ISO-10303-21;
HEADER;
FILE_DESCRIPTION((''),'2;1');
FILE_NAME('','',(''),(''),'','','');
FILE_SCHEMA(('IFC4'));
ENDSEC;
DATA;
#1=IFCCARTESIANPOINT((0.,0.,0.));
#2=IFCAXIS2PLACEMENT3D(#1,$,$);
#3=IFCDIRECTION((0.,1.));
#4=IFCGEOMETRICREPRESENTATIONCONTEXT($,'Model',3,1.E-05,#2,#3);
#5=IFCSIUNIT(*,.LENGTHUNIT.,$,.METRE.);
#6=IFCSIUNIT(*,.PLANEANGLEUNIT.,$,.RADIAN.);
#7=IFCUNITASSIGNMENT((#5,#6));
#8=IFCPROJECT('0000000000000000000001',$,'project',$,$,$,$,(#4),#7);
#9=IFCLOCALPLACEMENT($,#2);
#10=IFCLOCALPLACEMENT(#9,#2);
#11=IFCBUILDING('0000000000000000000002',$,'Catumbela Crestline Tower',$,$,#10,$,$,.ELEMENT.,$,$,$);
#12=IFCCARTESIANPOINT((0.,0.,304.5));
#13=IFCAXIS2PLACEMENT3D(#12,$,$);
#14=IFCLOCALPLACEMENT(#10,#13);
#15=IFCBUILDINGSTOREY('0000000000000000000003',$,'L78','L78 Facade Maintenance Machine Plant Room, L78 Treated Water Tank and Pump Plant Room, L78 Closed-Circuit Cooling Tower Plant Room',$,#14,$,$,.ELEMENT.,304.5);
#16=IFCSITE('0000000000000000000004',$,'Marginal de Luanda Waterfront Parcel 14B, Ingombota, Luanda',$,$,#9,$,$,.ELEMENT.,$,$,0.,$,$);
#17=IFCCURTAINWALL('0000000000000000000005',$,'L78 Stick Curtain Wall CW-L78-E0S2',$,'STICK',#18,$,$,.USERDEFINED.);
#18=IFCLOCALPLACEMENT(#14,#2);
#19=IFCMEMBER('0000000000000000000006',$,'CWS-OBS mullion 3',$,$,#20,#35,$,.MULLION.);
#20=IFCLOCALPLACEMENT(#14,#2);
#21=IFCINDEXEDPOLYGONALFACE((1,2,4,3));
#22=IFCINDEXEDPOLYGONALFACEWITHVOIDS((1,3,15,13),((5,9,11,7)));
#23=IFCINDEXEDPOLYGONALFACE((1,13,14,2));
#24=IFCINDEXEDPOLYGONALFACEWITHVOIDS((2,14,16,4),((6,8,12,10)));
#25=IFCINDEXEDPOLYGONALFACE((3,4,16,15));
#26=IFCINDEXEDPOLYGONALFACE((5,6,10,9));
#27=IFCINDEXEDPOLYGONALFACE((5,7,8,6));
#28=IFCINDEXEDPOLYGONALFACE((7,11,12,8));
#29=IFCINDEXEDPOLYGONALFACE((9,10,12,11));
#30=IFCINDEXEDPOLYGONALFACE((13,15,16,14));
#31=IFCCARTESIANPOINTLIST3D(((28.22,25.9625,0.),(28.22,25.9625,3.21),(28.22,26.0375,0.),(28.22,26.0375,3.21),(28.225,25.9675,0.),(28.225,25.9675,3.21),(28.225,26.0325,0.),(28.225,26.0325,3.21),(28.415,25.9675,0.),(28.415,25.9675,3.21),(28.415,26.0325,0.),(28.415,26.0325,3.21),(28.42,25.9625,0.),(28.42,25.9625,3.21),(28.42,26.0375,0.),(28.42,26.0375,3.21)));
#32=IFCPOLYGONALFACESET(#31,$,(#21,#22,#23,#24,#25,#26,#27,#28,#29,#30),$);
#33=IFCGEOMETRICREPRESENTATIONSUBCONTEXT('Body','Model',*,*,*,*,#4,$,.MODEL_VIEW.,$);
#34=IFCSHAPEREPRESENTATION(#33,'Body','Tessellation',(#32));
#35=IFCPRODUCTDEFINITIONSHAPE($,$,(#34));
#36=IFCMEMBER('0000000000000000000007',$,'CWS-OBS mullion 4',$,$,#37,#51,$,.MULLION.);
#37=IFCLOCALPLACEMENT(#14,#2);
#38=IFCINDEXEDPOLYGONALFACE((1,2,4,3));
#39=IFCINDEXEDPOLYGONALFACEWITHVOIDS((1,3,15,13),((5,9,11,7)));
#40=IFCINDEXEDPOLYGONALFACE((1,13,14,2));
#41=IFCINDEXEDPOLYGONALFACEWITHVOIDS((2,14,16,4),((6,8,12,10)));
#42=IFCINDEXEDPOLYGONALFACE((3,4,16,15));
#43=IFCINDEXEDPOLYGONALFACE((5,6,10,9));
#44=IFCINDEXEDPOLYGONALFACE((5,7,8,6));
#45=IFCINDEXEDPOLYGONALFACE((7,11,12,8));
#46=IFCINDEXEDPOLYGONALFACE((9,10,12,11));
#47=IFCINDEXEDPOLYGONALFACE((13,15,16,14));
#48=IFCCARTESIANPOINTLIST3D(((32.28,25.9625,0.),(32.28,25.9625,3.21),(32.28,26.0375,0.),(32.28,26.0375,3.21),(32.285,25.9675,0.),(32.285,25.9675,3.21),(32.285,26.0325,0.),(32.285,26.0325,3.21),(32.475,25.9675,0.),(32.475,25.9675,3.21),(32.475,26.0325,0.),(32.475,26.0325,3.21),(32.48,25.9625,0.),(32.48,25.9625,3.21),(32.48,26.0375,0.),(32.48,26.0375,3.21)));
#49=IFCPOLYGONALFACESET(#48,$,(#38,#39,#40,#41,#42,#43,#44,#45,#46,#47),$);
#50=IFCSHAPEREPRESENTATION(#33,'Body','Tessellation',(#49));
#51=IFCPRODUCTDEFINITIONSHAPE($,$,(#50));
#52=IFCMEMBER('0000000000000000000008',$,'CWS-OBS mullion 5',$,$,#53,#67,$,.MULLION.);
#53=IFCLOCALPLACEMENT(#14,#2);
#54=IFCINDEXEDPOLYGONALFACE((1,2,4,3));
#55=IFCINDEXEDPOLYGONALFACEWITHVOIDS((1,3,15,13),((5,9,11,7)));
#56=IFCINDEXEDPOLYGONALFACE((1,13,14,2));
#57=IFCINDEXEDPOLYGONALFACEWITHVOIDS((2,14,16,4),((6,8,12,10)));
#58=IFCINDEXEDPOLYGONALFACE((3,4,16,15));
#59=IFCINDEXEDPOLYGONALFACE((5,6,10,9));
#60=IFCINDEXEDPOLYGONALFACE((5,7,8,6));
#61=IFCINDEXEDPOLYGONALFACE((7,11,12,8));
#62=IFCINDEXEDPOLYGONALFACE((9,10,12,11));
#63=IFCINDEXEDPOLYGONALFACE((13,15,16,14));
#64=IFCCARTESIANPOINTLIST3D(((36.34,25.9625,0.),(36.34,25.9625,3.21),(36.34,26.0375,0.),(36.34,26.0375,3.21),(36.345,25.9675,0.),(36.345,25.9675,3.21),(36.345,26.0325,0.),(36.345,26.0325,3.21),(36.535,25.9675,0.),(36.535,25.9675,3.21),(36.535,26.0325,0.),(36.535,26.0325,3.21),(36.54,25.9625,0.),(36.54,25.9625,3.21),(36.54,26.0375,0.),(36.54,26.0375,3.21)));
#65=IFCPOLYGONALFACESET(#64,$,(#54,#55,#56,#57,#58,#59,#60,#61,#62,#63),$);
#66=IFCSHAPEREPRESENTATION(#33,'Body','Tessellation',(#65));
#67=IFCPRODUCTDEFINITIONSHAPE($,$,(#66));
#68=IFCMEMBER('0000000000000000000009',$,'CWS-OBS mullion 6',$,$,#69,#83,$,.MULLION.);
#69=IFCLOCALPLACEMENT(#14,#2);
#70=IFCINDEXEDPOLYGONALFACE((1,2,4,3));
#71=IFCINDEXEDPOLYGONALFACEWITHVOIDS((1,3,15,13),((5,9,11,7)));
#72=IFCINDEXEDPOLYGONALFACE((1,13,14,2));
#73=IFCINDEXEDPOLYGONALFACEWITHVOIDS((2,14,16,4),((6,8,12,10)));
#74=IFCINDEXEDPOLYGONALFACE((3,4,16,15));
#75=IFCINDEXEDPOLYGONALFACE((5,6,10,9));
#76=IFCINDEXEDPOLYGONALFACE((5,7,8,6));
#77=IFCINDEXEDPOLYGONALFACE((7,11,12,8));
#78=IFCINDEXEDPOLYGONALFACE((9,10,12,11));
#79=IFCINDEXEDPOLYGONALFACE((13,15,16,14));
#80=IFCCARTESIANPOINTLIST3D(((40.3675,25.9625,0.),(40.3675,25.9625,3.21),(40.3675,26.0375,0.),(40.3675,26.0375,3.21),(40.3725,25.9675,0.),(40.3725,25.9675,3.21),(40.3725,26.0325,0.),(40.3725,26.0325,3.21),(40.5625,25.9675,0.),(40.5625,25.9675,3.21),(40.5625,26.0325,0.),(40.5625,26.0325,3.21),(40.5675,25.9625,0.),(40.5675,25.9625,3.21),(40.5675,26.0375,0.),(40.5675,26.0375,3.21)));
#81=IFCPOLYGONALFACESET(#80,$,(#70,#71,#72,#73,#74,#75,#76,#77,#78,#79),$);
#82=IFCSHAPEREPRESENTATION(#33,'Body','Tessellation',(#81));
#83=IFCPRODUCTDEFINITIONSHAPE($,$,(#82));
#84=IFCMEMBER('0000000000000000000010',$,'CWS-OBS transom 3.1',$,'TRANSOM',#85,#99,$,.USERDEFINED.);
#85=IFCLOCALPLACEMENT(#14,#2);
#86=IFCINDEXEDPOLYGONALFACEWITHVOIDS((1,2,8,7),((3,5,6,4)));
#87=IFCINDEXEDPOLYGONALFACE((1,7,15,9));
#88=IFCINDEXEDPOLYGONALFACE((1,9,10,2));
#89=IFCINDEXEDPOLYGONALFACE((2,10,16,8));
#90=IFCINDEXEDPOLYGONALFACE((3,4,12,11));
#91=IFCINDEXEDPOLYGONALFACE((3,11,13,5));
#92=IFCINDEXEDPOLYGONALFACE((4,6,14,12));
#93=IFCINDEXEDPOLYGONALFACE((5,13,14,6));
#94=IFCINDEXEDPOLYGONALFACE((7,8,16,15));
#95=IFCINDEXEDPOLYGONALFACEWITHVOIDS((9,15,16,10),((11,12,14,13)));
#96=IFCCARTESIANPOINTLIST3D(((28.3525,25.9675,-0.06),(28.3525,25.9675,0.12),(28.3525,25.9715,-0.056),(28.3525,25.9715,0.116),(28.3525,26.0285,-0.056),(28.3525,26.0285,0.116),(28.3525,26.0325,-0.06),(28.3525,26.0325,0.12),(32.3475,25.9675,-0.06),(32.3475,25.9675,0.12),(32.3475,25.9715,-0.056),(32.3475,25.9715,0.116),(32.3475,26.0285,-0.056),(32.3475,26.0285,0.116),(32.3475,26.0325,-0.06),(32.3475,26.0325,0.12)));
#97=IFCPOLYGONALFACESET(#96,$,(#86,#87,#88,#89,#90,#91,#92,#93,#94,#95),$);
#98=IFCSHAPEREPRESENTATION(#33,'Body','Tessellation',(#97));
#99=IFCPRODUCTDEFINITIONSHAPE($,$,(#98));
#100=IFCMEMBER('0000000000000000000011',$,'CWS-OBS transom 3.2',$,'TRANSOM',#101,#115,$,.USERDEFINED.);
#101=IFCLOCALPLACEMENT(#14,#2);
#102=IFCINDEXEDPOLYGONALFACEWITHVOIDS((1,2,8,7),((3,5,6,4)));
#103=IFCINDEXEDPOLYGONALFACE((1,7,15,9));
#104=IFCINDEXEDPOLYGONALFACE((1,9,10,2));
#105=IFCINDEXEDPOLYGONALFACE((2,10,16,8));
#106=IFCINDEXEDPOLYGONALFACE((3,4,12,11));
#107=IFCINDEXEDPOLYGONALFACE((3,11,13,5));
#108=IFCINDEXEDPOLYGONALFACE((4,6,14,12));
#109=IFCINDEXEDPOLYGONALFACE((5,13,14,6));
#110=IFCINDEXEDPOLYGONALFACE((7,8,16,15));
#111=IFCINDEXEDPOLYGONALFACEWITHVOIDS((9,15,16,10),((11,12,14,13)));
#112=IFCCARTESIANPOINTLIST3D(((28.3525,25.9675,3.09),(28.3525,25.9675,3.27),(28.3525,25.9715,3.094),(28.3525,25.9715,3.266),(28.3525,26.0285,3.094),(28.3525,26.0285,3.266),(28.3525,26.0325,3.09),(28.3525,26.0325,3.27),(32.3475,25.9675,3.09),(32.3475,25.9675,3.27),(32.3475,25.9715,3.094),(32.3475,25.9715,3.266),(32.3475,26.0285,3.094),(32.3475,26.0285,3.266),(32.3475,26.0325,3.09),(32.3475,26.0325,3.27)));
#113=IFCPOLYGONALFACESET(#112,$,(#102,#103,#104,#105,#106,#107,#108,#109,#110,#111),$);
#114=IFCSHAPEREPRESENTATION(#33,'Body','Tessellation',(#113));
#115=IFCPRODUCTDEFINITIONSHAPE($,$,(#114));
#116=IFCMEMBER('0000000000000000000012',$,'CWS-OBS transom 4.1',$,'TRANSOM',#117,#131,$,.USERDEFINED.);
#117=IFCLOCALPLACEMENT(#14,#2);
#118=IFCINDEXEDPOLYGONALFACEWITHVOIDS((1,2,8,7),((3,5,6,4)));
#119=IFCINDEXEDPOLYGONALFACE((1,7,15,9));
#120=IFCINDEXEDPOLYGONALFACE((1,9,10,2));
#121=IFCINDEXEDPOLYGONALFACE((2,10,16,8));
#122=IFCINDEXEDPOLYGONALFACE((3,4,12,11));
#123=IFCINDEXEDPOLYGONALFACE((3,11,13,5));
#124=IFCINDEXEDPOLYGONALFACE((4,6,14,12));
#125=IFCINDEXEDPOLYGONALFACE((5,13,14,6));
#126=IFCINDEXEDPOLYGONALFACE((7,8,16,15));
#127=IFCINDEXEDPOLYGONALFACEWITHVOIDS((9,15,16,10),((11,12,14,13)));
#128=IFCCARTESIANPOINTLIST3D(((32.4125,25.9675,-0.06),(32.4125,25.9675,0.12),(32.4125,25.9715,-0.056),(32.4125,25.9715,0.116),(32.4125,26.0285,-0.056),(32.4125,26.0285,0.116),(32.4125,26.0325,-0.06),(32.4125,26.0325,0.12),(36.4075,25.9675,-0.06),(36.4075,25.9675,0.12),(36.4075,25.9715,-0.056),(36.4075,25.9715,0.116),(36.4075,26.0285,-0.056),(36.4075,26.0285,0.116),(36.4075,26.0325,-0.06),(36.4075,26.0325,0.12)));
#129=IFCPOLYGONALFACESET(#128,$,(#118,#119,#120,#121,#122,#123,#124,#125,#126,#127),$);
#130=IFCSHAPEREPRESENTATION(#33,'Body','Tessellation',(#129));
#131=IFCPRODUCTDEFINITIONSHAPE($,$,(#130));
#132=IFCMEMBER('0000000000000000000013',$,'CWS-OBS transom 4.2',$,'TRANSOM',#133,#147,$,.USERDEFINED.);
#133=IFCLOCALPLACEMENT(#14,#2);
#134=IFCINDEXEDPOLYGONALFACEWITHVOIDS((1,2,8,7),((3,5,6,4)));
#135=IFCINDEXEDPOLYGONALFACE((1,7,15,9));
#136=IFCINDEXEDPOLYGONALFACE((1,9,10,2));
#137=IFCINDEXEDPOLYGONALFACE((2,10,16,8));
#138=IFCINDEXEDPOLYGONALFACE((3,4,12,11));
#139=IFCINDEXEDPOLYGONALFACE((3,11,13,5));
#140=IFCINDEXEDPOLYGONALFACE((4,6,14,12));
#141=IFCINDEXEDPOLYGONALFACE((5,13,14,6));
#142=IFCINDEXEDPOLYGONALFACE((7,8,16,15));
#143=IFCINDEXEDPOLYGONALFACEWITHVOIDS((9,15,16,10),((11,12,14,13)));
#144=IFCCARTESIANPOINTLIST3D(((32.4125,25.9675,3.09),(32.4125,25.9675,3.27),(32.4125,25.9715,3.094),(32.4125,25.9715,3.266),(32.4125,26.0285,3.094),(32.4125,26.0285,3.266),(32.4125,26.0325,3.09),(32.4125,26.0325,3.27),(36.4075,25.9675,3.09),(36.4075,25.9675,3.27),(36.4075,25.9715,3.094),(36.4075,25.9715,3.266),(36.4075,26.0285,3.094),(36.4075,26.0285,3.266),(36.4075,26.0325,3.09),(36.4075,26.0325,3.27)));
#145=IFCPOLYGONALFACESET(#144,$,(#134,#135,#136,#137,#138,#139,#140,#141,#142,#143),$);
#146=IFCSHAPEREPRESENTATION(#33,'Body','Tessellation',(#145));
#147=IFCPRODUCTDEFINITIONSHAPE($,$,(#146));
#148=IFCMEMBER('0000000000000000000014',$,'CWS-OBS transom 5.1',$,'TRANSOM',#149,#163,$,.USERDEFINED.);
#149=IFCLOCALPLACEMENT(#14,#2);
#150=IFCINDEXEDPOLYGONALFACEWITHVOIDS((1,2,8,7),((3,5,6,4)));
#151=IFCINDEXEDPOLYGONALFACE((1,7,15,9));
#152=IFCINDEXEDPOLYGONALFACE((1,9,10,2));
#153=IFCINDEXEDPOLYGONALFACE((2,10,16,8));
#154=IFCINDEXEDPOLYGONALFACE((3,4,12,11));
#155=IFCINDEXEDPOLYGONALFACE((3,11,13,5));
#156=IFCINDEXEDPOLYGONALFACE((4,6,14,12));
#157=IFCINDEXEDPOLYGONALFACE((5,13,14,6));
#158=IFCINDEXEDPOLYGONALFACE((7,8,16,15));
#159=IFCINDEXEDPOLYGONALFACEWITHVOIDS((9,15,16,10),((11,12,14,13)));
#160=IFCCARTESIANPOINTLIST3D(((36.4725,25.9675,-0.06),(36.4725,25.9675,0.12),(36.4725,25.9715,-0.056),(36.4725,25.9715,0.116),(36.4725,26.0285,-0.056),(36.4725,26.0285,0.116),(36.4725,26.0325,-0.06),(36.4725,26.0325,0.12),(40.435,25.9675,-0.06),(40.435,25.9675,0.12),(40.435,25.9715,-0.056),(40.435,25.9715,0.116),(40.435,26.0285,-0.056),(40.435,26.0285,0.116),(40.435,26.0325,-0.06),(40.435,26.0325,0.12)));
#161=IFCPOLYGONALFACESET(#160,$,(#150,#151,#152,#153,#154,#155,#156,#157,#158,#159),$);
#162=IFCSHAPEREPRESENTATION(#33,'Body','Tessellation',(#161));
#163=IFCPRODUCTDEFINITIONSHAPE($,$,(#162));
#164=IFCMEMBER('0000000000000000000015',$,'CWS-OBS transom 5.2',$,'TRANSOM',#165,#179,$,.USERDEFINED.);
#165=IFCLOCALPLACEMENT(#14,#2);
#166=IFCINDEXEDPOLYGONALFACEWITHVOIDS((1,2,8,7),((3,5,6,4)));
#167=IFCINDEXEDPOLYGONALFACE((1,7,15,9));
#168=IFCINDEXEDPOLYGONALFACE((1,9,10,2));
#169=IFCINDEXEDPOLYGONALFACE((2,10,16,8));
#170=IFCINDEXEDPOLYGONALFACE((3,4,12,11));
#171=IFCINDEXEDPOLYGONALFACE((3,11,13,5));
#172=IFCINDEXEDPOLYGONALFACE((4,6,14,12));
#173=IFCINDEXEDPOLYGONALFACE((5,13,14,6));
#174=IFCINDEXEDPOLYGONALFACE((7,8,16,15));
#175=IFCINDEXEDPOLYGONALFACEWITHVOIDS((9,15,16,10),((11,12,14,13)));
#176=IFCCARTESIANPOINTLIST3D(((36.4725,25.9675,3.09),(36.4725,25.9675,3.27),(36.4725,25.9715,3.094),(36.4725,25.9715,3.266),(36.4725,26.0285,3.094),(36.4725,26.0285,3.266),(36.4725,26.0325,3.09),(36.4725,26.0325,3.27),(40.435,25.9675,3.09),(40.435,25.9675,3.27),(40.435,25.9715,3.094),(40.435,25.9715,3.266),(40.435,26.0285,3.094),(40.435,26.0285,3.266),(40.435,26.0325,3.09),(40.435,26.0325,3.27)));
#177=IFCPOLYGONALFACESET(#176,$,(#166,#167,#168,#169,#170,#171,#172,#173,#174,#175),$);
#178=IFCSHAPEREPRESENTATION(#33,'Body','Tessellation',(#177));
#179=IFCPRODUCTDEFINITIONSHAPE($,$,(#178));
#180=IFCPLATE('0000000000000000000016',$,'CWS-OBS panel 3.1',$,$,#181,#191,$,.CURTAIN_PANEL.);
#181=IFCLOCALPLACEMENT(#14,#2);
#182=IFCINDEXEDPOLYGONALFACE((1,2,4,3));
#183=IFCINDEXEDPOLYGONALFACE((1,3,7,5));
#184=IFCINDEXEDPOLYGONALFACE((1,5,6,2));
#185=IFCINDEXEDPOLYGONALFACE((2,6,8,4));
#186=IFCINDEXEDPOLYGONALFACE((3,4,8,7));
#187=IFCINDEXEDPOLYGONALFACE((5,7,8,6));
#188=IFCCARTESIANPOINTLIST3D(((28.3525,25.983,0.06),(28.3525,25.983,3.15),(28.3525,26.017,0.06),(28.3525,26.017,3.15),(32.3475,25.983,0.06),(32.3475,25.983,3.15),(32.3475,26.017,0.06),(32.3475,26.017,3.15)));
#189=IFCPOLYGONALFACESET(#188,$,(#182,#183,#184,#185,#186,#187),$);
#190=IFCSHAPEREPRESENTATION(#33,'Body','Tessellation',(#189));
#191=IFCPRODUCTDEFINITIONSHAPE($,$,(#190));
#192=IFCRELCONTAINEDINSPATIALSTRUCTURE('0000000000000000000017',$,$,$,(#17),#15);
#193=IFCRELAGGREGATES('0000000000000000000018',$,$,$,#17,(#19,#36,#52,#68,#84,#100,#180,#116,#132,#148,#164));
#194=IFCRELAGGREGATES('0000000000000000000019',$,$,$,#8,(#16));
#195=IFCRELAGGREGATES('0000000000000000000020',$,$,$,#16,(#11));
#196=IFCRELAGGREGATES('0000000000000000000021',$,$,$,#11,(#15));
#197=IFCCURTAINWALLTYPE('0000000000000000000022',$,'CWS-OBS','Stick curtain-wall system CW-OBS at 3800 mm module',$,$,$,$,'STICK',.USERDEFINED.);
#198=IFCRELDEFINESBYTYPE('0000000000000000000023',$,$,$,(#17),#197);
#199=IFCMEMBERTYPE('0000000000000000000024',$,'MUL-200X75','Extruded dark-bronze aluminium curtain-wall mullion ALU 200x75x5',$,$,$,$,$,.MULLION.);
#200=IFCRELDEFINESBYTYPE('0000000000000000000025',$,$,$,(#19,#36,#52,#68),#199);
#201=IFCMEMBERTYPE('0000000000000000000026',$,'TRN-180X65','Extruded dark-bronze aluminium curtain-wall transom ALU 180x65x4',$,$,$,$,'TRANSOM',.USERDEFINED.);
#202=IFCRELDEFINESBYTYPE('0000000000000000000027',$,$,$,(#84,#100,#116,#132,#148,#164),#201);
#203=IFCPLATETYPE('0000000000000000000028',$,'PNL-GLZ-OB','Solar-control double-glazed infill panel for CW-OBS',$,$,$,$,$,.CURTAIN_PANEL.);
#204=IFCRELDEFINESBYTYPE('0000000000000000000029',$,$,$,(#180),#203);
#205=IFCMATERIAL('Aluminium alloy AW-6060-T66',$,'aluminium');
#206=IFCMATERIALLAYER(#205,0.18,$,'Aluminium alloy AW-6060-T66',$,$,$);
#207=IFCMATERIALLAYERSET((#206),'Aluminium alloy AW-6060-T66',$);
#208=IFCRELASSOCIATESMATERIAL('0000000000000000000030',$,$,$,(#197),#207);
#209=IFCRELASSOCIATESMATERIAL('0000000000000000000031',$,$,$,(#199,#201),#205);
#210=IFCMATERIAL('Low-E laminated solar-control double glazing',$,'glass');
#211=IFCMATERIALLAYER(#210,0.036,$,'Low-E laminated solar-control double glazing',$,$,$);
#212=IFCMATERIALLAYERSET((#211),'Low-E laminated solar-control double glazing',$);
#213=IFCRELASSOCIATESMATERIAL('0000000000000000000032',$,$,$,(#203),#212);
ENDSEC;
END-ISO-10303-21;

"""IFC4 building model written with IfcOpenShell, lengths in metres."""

from ifc_helpers import new_model, si_unit, direction, frame, origin, origin_2d, place, context, subcontext, project, spatial, rectangle, hollow_rectangle, extrude, material, layer, layer_set, material_profile, profile_set, type_object, element, aggregate, save


model = new_model("IFC4")

# Units and contexts
model_context = context("Model", 3, precision=1e-05, world=origin(), true_north=direction((0.0, 1.0)))
body_context = subcontext(model_context, "Body", "Model", "MODEL_VIEW")
ifc_project = project(units=[si_unit("LENGTHUNIT", "METRE"), si_unit("PLANEANGLEUNIT", "RADIAN")], contexts=[model_context])

# Site, building, storey
site_placement = place(None, origin())
site = spatial("IfcSite", under=ifc_project, at=site_placement, Name="Marginal de Luanda Waterfront Parcel 14B, Ingombota, Luanda", CompositionType="ELEMENT", RefElevation=0.0)
building_placement = place(site_placement, origin())
building = spatial("IfcBuilding", under=site, at=building_placement, Name="Catumbela Crestline Tower", CompositionType="ELEMENT")
storey_placement = place(building_placement, frame((0.0, 0.0, 304.5)))
storey = spatial("IfcBuildingStorey", under=building, at=storey_placement, Name="L78", Description="L78 Facade Maintenance Machine Plant Room, L78 Treated Water Tank and Pump Plant Room, L78 Closed-Circuit Cooling Tower Plant Room", CompositionType="ELEMENT", Elevation=304.5)

# Curtain wall, members, plate
ifc_material_1 = material(Name="Aluminium alloy AW-6060-T66", Category="aluminium")
ifc_layer_1 = layer(ifc_material_1, 0.18, Name="Aluminium alloy AW-6060-T66")
ifc_layer_set_1 = layer_set([ifc_layer_1], Name="Aluminium alloy AW-6060-T66")
curtain_wall_type = type_object("IfcCurtainWallType", Name="CWS-OBS", Description="Stick curtain-wall system CW-OBS at 3800 mm module", ElementType="STICK", PredefinedType="USERDEFINED", material=ifc_layer_set_1)
curtain_wall_placement = place(storey_placement, origin())
curtain_wall = element("IfcCurtainWall", 1, at=curtain_wall_placement, inside=storey, type_object=curtain_wall_type, Name="L78 Stick Curtain Wall CW-L78-E0S2", ObjectType="STICK", PredefinedType="USERDEFINED")
ifc_material_profile_1 = material_profile(ifc_material_1, hollow_rectangle(XDim=0.075, YDim=0.2, WallThickness=0.005, at=origin_2d()), Name="ALU 200x75x5")
ifc_profile_set_1 = profile_set([ifc_material_profile_1], Name="Aluminium alloy AW-6060-T66")
member_type_1 = type_object("IfcMemberType", Name="MUL-200X75", Description="Extruded dark-bronze aluminium curtain-wall mullion ALU 200x75x5", PredefinedType="MULLION", material=ifc_profile_set_1)
member_1_placement = place(storey_placement, frame((28.32, 26.0, 0.0), z_axis=(0.0, 0.0, 1.0), x_axis=(0.0, 1.0, 0.0)))
member_1 = element("IfcMember", 2, at=member_1_placement, type_object=member_type_1, Name="CWS-OBS mullion 3", PredefinedType="MULLION", context=body_context, shape_type="SweptSolid", body=[
    extrude(hollow_rectangle(XDim=0.075, YDim=0.2, WallThickness=0.005, at=origin_2d()), origin(), (0.0, 0.0, 1.0), 3.21),
])
member_2_placement = place(storey_placement, frame((32.38, 26.0, 0.0), z_axis=(0.0, 0.0, 1.0), x_axis=(0.0, 1.0, 0.0)))
member_2 = element("IfcMember", 3, at=member_2_placement, type_object=member_type_1, Name="CWS-OBS mullion 4", PredefinedType="MULLION", context=body_context, shape_type="SweptSolid", body=[
    extrude(hollow_rectangle(XDim=0.075, YDim=0.2, WallThickness=0.005, at=origin_2d()), origin(), (0.0, 0.0, 1.0), 3.21),
])
member_3_placement = place(storey_placement, frame((36.44, 26.0, 0.0), z_axis=(0.0, 0.0, 1.0), x_axis=(0.0, 1.0, 0.0)))
member_3 = element("IfcMember", 4, at=member_3_placement, type_object=member_type_1, Name="CWS-OBS mullion 5", PredefinedType="MULLION", context=body_context, shape_type="SweptSolid", body=[
    extrude(hollow_rectangle(XDim=0.075, YDim=0.2, WallThickness=0.005, at=origin_2d()), origin(), (0.0, 0.0, 1.0), 3.21),
])
member_4_placement = place(storey_placement, frame((40.4675, 26.0, 0.0), z_axis=(0.0, 0.0, 1.0), x_axis=(0.0, 1.0, 0.0)))
member_4 = element("IfcMember", 5, at=member_4_placement, type_object=member_type_1, Name="CWS-OBS mullion 6", PredefinedType="MULLION", context=body_context, shape_type="SweptSolid", body=[
    extrude(hollow_rectangle(XDim=0.075, YDim=0.2, WallThickness=0.005, at=origin_2d()), origin(), (0.0, 0.0, 1.0), 3.21),
])
ifc_material_profile_2 = material_profile(ifc_material_1, hollow_rectangle(XDim=0.065, YDim=0.18, WallThickness=0.004, at=origin_2d()), Name="ALU 180x65x4")
ifc_profile_set_2 = profile_set([ifc_material_profile_2], Name="Aluminium alloy AW-6060-T66")
member_type_2 = type_object("IfcMemberType", Name="TRN-180X65", Description="Extruded dark-bronze aluminium curtain-wall transom ALU 180x65x4", ElementType="TRANSOM", PredefinedType="USERDEFINED", material=ifc_profile_set_2)
member_5_placement = place(storey_placement, frame((28.3525, 26.0, 0.03), z_axis=(1.0, 0.0, 0.0), x_axis=(0.0, 1.0, 0.0)))
member_5 = element("IfcMember", 6, at=member_5_placement, type_object=member_type_2, Name="CWS-OBS transom 3.1", ObjectType="TRANSOM", PredefinedType="USERDEFINED", context=body_context, shape_type="SweptSolid", body=[
    extrude(hollow_rectangle(XDim=0.065, YDim=0.18, WallThickness=0.004, at=origin_2d()), origin(), (0.0, 0.0, 1.0), 3.995),
])
member_6_placement = place(storey_placement, frame((28.3525, 26.0, 3.18), z_axis=(1.0, 0.0, 0.0), x_axis=(0.0, 1.0, 0.0)))
member_6 = element("IfcMember", 7, at=member_6_placement, type_object=member_type_2, Name="CWS-OBS transom 3.2", ObjectType="TRANSOM", PredefinedType="USERDEFINED", context=body_context, shape_type="SweptSolid", body=[
    extrude(hollow_rectangle(XDim=0.065, YDim=0.18, WallThickness=0.004, at=origin_2d()), origin(), (0.0, 0.0, 1.0), 3.995),
])
member_7_placement = place(storey_placement, frame((32.4125, 26.0, 0.03), z_axis=(1.0, 0.0, 0.0), x_axis=(0.0, 1.0, 0.0)))
member_7 = element("IfcMember", 8, at=member_7_placement, type_object=member_type_2, Name="CWS-OBS transom 4.1", ObjectType="TRANSOM", PredefinedType="USERDEFINED", context=body_context, shape_type="SweptSolid", body=[
    extrude(hollow_rectangle(XDim=0.065, YDim=0.18, WallThickness=0.004, at=origin_2d()), origin(), (0.0, 0.0, 1.0), 3.995),
])
member_8_placement = place(storey_placement, frame((32.4125, 26.0, 3.18), z_axis=(1.0, 0.0, 0.0), x_axis=(0.0, 1.0, 0.0)))
member_8 = element("IfcMember", 9, at=member_8_placement, type_object=member_type_2, Name="CWS-OBS transom 4.2", ObjectType="TRANSOM", PredefinedType="USERDEFINED", context=body_context, shape_type="SweptSolid", body=[
    extrude(hollow_rectangle(XDim=0.065, YDim=0.18, WallThickness=0.004, at=origin_2d()), origin(), (0.0, 0.0, 1.0), 3.995),
])
member_9_placement = place(storey_placement, frame((36.4725, 26.0, 0.03), z_axis=(1.0, 0.0, 0.0), x_axis=(0.0, 1.0, 0.0)))
member_9 = element("IfcMember", 10, at=member_9_placement, type_object=member_type_2, Name="CWS-OBS transom 5.1", ObjectType="TRANSOM", PredefinedType="USERDEFINED", context=body_context, shape_type="SweptSolid", body=[
    extrude(hollow_rectangle(XDim=0.065, YDim=0.18, WallThickness=0.004, at=origin_2d()), origin(), (0.0, 0.0, 1.0), 3.9625),
])
member_10_placement = place(storey_placement, frame((36.4725, 26.0, 3.18), z_axis=(1.0, 0.0, 0.0), x_axis=(0.0, 1.0, 0.0)))
member_10 = element("IfcMember", 11, at=member_10_placement, type_object=member_type_2, Name="CWS-OBS transom 5.2", ObjectType="TRANSOM", PredefinedType="USERDEFINED", context=body_context, shape_type="SweptSolid", body=[
    extrude(hollow_rectangle(XDim=0.065, YDim=0.18, WallThickness=0.004, at=origin_2d()), origin(), (0.0, 0.0, 1.0), 3.9625),
])
ifc_material_2 = material(Name="Low-E laminated solar-control double glazing", Category="glass")
ifc_layer_2 = layer(ifc_material_2, 0.036, Name="Low-E laminated solar-control double glazing")
ifc_layer_set_2 = layer_set([ifc_layer_2], Name="Low-E laminated solar-control double glazing")
plate_type = type_object("IfcPlateType", Name="PNL-GLZ-OB", Description="Solar-control double-glazed infill panel for CW-OBS", PredefinedType="CURTAIN_PANEL", material=ifc_layer_set_2)
plate_1_placement = place(storey_placement, frame((30.35, 26.0, 0.06), z_axis=(0.0, 0.0, 1.0), x_axis=(1.0, 0.0, 0.0)))
plate_1 = element("IfcPlate", 12, at=plate_1_placement, type_object=plate_type, Name="CWS-OBS panel 3.1", PredefinedType="CURTAIN_PANEL", context=body_context, shape_type="SweptSolid", body=[
    extrude(rectangle(XDim=3.995, YDim=0.034, at=origin_2d()), origin(), (0.0, 0.0, 1.0), 3.09),
])
aggregate(curtain_wall, [member_1, member_2, member_3, member_4, member_5, member_6, plate_1, member_7, member_8, member_9, member_10])

save(model, "model.ifc")
